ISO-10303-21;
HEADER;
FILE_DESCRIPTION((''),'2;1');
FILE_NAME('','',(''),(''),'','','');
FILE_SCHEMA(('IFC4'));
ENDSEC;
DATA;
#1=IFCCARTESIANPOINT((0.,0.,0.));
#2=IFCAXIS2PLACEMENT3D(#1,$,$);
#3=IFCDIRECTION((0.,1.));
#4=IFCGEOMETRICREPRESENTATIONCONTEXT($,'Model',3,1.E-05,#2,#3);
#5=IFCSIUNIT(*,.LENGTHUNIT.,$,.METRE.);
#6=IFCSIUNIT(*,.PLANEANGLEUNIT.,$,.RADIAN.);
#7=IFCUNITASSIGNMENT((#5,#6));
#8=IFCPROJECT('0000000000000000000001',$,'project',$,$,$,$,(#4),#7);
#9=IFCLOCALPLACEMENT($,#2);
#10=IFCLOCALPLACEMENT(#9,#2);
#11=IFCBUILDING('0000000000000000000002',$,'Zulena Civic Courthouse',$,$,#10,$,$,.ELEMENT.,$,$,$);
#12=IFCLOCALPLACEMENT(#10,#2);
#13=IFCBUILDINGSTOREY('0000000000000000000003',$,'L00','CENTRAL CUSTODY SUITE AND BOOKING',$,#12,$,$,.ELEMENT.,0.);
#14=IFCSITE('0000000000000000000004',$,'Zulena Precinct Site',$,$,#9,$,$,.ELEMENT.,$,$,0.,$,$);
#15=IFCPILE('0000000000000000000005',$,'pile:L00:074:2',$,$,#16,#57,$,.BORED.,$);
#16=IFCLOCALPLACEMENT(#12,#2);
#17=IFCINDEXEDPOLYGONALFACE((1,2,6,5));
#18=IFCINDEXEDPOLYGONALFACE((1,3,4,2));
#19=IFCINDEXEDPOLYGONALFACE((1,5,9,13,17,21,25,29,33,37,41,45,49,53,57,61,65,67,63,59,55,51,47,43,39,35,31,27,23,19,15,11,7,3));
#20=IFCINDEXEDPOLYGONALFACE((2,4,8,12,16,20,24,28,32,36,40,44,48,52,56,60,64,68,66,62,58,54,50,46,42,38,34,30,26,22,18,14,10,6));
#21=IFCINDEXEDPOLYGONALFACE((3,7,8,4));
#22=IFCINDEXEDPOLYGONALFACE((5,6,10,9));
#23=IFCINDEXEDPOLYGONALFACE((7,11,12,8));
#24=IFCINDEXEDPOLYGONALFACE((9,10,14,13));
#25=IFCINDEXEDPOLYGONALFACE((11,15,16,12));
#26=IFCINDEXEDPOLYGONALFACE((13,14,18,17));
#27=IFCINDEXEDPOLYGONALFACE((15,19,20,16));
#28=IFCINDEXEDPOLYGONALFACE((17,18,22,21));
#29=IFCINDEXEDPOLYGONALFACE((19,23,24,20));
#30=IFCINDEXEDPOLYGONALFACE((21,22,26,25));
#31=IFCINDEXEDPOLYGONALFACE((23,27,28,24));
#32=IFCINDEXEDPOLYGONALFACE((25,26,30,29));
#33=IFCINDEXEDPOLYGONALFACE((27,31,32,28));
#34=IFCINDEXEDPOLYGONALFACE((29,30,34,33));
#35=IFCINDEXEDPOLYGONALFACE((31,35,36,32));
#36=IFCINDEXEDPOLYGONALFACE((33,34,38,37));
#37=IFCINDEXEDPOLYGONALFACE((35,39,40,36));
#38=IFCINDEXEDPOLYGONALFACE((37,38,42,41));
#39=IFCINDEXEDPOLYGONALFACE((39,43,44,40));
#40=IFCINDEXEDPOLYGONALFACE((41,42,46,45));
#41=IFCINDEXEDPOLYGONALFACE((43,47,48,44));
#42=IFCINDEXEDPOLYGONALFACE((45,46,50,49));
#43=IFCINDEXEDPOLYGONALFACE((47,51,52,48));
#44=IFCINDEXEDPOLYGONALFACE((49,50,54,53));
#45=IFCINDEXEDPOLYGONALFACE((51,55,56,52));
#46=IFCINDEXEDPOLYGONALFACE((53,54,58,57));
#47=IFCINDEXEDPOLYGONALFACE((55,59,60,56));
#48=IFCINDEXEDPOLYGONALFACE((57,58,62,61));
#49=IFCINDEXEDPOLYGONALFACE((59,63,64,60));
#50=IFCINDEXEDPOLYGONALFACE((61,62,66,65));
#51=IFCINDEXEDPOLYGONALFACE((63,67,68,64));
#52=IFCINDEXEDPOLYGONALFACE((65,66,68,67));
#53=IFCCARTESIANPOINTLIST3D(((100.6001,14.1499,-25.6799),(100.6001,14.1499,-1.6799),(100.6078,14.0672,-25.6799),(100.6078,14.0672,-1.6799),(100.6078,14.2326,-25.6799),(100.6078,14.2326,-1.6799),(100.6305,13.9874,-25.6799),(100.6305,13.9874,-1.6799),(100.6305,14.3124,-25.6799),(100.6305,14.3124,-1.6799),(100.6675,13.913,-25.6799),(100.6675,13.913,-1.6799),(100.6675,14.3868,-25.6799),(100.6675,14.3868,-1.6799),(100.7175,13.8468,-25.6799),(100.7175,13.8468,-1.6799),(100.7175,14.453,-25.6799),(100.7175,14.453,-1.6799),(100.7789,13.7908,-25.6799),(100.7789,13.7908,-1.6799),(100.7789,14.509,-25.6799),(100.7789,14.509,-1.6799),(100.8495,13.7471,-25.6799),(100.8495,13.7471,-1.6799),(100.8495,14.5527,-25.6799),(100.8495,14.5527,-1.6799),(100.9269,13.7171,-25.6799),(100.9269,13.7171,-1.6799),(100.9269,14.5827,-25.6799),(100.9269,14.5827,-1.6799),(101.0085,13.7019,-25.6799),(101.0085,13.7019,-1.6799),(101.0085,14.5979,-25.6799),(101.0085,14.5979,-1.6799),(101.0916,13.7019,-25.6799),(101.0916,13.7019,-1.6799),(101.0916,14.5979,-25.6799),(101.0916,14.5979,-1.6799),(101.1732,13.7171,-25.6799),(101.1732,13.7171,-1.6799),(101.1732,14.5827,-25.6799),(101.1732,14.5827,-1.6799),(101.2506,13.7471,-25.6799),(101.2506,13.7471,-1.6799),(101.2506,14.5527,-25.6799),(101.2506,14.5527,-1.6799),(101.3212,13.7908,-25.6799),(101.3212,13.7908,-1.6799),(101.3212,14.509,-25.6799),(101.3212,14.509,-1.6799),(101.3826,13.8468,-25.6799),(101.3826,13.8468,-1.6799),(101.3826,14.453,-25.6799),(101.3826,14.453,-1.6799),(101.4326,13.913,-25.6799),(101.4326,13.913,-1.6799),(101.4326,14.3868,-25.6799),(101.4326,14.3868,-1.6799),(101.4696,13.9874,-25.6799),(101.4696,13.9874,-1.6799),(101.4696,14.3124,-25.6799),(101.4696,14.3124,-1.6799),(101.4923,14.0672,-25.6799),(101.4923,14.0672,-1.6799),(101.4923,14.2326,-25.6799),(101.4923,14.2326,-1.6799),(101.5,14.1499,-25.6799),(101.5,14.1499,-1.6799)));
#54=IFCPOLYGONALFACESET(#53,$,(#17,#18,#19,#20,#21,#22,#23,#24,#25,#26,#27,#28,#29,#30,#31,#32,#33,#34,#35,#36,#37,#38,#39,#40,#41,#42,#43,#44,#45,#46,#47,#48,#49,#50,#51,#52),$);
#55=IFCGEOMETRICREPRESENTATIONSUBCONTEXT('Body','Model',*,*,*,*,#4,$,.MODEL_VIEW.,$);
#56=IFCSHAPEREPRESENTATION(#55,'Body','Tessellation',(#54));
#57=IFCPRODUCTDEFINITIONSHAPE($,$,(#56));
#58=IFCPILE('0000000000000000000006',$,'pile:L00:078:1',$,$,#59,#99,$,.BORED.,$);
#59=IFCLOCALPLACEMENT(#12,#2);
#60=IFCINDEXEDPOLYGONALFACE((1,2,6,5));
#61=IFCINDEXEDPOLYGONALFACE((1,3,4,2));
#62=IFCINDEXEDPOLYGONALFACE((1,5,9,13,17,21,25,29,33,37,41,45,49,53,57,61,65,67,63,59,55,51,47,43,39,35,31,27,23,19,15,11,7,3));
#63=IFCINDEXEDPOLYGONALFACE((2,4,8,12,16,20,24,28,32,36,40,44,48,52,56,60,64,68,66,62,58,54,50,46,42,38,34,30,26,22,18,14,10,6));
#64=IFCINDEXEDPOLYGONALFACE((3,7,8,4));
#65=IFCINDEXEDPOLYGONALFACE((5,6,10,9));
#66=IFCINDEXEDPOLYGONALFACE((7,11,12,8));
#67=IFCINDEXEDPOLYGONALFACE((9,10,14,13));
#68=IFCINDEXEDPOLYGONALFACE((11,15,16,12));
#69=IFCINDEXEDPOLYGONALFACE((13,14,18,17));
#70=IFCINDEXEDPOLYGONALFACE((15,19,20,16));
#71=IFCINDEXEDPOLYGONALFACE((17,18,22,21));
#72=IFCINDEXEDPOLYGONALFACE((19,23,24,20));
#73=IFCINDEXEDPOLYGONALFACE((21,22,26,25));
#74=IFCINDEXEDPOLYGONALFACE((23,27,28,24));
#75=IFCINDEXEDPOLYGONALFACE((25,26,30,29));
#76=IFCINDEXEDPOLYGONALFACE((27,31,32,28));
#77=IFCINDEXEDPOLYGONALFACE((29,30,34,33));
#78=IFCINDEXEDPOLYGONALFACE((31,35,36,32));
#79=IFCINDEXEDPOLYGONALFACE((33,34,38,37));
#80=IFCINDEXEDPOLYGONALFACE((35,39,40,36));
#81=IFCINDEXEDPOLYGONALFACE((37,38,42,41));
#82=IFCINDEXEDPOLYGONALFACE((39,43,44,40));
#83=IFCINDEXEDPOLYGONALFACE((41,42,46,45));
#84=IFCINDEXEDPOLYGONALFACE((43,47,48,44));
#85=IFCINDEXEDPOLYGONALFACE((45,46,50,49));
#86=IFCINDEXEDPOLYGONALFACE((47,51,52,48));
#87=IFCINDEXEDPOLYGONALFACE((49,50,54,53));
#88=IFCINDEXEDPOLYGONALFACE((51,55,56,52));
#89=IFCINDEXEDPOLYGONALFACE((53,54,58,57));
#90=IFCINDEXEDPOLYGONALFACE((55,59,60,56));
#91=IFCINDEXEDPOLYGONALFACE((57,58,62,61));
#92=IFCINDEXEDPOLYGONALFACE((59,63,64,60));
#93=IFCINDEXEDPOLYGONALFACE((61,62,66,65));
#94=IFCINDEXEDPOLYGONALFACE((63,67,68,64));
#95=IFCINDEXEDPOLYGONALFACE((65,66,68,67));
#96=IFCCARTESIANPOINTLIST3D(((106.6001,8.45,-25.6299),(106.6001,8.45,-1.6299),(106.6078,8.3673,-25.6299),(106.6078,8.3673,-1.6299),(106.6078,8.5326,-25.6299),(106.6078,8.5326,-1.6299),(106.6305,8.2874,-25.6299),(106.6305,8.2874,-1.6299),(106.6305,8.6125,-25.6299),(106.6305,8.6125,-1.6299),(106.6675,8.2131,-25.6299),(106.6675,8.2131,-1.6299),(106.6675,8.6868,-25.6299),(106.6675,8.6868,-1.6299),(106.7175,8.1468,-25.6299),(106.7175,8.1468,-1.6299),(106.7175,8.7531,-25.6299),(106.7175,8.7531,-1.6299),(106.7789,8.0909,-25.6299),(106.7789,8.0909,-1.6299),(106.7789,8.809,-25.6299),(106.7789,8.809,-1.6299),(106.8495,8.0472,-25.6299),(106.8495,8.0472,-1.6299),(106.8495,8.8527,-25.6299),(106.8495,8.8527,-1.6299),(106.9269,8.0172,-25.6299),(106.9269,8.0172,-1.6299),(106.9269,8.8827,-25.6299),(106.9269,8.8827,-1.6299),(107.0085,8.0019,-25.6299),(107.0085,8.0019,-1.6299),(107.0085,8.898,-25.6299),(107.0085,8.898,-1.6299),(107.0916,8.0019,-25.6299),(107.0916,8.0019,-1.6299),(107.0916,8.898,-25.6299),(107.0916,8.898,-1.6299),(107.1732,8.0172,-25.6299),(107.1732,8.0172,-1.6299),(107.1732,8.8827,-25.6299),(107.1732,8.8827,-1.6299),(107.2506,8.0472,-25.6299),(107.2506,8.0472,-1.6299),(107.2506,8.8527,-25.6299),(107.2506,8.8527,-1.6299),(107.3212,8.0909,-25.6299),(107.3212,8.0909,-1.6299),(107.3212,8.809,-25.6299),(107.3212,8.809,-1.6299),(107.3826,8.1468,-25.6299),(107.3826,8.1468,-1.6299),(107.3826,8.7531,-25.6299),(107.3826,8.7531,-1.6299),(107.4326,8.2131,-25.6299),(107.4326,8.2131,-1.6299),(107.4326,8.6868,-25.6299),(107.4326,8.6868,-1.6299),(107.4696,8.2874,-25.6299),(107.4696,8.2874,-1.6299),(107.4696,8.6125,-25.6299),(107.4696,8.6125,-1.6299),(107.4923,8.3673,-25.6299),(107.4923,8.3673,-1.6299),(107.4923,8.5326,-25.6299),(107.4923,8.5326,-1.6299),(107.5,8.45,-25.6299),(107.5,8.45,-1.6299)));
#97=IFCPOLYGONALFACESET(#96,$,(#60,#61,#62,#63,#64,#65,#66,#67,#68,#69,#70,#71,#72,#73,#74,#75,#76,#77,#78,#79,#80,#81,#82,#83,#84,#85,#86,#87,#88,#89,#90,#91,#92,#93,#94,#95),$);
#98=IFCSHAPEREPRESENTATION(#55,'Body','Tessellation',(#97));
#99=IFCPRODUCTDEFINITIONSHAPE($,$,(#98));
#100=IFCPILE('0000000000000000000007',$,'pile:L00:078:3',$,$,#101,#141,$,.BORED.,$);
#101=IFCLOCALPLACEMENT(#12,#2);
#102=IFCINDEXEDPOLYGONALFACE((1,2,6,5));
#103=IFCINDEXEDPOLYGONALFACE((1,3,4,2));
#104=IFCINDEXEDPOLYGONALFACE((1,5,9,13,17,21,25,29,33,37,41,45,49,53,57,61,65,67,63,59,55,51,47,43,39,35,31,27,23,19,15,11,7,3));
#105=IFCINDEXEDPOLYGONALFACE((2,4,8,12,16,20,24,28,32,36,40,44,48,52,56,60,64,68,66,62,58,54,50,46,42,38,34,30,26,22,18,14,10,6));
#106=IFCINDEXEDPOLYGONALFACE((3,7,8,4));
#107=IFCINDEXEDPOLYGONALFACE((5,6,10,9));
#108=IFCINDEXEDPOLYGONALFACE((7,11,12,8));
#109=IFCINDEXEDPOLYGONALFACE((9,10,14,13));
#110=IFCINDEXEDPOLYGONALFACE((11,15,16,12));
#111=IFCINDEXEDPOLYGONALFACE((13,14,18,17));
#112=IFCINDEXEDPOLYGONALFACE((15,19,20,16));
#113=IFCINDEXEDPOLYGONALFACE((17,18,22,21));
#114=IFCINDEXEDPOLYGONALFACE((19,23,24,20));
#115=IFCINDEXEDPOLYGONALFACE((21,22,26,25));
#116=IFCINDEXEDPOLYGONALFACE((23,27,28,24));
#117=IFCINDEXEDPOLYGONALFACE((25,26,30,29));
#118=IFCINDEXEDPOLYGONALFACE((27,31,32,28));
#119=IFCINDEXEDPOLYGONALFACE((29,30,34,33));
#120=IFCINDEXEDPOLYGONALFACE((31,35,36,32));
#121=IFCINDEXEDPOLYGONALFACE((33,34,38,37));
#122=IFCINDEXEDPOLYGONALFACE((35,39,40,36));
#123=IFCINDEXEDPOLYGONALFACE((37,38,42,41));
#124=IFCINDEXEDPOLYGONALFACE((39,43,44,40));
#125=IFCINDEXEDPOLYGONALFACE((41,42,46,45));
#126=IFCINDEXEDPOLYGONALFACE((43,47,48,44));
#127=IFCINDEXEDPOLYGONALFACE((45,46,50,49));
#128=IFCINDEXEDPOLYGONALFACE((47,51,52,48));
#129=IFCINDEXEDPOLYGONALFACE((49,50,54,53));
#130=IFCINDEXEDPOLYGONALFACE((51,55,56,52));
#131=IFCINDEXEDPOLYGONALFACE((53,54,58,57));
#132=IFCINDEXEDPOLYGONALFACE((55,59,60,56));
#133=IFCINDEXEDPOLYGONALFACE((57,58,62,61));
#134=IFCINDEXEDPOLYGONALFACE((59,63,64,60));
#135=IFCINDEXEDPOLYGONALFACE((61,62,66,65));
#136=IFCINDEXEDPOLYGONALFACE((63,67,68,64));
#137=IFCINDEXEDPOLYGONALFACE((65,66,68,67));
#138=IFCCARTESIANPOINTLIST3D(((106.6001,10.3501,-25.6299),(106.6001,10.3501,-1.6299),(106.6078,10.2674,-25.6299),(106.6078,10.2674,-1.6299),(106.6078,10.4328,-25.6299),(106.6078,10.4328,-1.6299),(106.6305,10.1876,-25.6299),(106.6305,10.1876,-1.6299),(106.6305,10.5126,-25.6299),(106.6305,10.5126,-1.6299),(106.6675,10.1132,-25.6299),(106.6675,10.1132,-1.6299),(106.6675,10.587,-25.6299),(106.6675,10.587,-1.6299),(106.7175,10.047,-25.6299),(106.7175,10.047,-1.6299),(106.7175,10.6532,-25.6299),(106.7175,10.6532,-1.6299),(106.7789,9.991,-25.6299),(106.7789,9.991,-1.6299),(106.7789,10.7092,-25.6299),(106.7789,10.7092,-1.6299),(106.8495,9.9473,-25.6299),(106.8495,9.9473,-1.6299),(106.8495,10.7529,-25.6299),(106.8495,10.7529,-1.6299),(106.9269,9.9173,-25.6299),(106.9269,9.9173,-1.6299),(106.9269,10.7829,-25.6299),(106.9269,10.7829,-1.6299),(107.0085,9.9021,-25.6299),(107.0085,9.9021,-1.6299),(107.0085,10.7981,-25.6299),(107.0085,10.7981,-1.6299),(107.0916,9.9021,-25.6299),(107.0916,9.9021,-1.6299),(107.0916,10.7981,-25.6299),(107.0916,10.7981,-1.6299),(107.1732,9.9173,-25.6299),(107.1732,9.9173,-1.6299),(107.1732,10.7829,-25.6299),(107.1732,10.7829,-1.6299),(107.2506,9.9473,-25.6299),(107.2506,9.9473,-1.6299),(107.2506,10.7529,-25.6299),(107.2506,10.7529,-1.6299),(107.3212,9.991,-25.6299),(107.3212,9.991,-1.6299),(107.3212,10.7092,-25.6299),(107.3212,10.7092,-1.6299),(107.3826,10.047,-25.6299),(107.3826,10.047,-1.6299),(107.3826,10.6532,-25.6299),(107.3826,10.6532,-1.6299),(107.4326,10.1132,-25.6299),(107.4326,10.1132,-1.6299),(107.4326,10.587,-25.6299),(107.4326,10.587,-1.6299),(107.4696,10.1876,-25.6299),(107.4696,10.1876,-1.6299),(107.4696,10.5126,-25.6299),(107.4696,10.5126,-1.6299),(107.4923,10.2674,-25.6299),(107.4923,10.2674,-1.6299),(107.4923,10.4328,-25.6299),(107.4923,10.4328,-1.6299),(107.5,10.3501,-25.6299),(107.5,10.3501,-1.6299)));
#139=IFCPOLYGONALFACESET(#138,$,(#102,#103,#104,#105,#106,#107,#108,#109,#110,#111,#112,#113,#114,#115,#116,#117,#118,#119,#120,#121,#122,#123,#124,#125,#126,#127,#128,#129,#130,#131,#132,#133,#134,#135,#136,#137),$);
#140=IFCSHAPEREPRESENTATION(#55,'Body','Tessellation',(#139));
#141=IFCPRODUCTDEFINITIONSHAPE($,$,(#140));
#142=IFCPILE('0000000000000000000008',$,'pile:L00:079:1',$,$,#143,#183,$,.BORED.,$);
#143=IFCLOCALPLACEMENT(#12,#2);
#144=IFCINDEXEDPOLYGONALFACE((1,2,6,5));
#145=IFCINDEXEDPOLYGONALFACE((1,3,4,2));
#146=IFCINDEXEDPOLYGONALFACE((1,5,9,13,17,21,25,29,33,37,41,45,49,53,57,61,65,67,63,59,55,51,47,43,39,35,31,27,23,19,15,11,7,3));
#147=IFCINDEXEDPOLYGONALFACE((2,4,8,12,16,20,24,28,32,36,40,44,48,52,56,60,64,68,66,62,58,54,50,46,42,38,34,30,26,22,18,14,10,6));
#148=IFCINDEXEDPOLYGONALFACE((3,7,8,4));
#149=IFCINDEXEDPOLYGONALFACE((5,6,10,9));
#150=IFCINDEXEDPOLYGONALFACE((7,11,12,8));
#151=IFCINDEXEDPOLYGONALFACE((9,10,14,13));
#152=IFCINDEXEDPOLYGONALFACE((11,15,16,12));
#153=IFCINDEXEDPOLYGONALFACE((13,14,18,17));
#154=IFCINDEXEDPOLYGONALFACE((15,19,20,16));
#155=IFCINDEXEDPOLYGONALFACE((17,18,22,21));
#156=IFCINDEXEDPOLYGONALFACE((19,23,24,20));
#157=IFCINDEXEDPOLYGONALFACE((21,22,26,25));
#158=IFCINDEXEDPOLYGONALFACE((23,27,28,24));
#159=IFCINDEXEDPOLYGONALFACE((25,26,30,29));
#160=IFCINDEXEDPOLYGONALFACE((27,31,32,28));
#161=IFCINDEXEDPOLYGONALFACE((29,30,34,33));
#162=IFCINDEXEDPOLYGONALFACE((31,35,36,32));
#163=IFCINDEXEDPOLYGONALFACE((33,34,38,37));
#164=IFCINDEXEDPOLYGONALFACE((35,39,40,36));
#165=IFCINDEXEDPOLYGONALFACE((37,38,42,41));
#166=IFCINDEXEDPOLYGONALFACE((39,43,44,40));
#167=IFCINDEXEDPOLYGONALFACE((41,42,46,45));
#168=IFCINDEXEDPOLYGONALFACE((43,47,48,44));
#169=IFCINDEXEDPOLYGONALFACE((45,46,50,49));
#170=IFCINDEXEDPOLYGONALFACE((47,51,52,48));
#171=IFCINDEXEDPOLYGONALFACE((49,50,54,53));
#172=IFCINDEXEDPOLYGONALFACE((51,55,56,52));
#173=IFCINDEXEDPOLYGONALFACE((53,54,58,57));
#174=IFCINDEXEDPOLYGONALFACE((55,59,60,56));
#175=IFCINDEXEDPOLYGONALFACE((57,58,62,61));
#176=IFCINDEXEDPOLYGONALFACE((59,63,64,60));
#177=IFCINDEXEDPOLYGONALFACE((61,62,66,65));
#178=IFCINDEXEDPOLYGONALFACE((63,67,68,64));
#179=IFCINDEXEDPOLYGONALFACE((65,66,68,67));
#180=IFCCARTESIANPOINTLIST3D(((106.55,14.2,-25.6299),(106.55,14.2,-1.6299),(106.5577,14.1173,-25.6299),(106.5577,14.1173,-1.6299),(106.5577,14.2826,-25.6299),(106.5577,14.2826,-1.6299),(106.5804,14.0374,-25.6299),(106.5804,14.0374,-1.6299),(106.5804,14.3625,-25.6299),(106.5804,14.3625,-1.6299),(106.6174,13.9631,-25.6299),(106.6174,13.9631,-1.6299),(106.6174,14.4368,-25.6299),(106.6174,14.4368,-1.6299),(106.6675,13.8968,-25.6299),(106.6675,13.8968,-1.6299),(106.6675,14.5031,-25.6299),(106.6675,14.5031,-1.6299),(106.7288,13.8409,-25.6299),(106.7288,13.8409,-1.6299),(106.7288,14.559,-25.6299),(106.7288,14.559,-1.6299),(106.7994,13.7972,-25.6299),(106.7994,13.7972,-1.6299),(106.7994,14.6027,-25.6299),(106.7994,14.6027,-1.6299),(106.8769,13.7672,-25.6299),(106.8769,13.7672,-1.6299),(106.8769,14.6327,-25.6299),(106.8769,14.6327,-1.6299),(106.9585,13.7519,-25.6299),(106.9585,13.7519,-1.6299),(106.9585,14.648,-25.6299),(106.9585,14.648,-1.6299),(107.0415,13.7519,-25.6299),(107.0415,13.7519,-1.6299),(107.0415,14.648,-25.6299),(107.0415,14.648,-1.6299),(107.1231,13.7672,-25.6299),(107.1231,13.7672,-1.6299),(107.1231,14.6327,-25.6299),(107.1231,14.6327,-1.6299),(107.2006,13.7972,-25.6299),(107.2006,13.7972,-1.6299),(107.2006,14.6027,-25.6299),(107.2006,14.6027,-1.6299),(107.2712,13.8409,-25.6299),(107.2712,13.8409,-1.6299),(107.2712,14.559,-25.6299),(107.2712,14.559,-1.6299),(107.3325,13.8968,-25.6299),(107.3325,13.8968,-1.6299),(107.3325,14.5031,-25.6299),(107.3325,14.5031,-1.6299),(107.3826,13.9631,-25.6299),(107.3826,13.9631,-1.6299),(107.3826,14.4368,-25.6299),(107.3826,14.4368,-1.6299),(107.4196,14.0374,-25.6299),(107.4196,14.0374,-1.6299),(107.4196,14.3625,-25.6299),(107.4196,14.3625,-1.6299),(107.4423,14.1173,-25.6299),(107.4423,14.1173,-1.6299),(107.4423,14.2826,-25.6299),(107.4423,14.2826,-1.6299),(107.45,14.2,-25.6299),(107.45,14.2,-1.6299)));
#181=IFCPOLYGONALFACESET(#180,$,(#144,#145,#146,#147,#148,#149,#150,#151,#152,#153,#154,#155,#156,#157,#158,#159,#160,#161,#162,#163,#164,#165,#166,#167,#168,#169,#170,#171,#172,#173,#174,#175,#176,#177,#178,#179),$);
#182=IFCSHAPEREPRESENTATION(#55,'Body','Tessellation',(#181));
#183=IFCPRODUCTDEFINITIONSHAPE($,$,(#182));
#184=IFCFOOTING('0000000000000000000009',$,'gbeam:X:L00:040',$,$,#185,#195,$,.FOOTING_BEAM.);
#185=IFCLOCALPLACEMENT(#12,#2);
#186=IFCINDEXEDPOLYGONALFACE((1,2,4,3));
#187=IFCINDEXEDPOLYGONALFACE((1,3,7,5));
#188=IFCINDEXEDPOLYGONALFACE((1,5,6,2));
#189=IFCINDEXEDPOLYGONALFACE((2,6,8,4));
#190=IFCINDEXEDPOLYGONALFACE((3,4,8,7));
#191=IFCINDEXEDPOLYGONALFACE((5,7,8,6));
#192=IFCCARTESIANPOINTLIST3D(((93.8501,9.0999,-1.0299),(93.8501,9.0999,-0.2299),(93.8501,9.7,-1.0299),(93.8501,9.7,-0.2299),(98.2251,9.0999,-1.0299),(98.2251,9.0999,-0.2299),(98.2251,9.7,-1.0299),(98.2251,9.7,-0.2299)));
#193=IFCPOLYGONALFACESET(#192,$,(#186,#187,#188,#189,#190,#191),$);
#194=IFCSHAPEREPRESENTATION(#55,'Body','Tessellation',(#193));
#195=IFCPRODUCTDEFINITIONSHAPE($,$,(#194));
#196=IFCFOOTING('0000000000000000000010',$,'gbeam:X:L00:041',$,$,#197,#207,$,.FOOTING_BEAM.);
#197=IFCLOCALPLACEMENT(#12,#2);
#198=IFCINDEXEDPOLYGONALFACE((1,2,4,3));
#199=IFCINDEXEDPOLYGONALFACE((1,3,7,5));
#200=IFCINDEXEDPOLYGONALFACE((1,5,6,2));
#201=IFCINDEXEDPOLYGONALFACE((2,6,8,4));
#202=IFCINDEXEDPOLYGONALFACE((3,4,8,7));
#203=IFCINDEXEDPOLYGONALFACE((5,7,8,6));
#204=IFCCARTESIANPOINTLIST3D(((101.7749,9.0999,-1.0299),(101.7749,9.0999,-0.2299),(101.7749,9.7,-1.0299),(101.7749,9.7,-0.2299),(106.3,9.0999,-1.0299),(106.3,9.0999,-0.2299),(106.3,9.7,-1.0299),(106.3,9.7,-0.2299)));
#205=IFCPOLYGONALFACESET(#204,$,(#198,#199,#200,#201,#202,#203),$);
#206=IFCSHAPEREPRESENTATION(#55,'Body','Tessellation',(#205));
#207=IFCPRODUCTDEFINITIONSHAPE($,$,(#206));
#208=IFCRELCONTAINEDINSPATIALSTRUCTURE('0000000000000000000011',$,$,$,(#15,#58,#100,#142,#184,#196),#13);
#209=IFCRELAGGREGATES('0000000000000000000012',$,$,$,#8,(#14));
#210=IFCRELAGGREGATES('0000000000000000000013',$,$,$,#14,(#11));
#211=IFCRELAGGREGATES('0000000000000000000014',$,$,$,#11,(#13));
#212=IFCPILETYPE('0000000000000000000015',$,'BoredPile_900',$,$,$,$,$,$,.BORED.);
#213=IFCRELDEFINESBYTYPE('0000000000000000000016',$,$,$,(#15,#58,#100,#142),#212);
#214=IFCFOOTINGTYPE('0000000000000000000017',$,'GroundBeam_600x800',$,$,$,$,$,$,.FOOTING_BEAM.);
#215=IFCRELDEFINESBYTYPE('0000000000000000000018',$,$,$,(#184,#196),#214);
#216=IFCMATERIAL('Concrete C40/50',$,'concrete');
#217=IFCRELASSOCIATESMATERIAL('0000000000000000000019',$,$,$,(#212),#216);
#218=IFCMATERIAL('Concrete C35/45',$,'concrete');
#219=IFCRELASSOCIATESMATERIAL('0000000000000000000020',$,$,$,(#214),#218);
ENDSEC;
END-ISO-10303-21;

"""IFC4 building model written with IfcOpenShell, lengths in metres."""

from ifc_helpers import new_model, si_unit, direction, frame, origin, origin_2d, place, context, subcontext, project, spatial, rectangle, circle, extrude, material, material_profile, profile_set, type_object, element, save


model = new_model("IFC4")

# Units and contexts
model_context = context("Model", 3, precision=1e-05, world=origin(), true_north=direction((0.0, 1.0)))
body_context = subcontext(model_context, "Body", "Model", "MODEL_VIEW")
ifc_project = project(units=[si_unit("LENGTHUNIT", "METRE"), si_unit("PLANEANGLEUNIT", "RADIAN")], contexts=[model_context])

# Site, building, storey
site_placement = place(None, origin())
site = spatial("IfcSite", under=ifc_project, at=site_placement, Name="Zulena Precinct Site", CompositionType="ELEMENT", RefElevation=0.0)
building_placement = place(site_placement, origin())
building = spatial("IfcBuilding", under=site, at=building_placement, Name="Zulena Civic Courthouse", CompositionType="ELEMENT")
storey_placement = place(building_placement, origin())
storey = spatial("IfcBuildingStorey", under=building, at=storey_placement, Name="L00", Description="CENTRAL CUSTODY SUITE AND BOOKING", CompositionType="ELEMENT", Elevation=0.0)

# Piles
ifc_material_1 = material(Name="Concrete C40/50", Category="concrete")
ifc_material_profile_1 = material_profile(ifc_material_1, circle(Radius=0.45, at=origin_2d()), Name="PILE900")
ifc_profile_set_1 = profile_set([ifc_material_profile_1], Name="Concrete C40/50")
pile_type = type_object("IfcPileType", Name="BoredPile_900", PredefinedType="BORED", material=ifc_profile_set_1)
for number, where, z_axis, x_axis, name in (
    (1, (101.05, 14.1499, -1.6799), (0.0, 0.0, -1.0), (1.0, 0.0, 0.0), "pile:L00:074:2"),
    (2, (107.05, 8.45, -1.6299), (0.0, 0.0, -1.0), (1.0, 0.0, 0.0), "pile:L00:078:1"),
    (3, (107.05, 10.3501, -1.6299), (0.0, 0.0, -1.0), (1.0, 0.0, 0.0), "pile:L00:078:3"),
    (4, (107.0, 14.2, -1.6299), (0.0, 0.0, -1.0), (1.0, 0.0, 0.0), "pile:L00:079:1"),
):
    element("IfcPile", number, at=place(storey_placement, frame(where, z_axis=z_axis, x_axis=x_axis)), inside=storey, type_object=pile_type, Name=name, PredefinedType="BORED", context=body_context, shape_type="SweptSolid", body=[
        extrude(circle(Radius=0.45, at=origin_2d()), origin(), (0.0, 0.0, 1.0), 24.0),
    ])

# Footings
ifc_material_2 = material(Name="Concrete C35/45", Category="concrete")
ifc_material_profile_2 = material_profile(ifc_material_2, rectangle(XDim=0.6001, YDim=0.8, at=origin_2d()), Name="RC600X800")
ifc_profile_set_2 = profile_set([ifc_material_profile_2], Name="Concrete C35/45")
footing_type_1 = type_object("IfcFootingType", Name="GroundBeam_600x800", PredefinedType="FOOTING_BEAM", material=ifc_profile_set_2)
footing_1_placement = place(storey_placement, frame((93.8501, 9.3999, -0.6299), z_axis=(1.0, 0.0, 0.0), x_axis=(0.0, 1.0, 0.0)))
element("IfcFooting", 5, at=footing_1_placement, inside=storey, type_object=footing_type_1, Name="gbeam:X:L00:040", PredefinedType="FOOTING_BEAM", context=body_context, shape_type="SweptSolid", body=[
    extrude(rectangle(XDim=0.6001, YDim=0.8, at=origin_2d()), origin(), (0.0, 0.0, 1.0), 4.375),
])
footing_2_placement = place(storey_placement, frame((101.7749, 9.3999, -0.6299), z_axis=(1.0, 0.0, 0.0), x_axis=(0.0, 1.0, 0.0)))
element("IfcFooting", 6, at=footing_2_placement, inside=storey, type_object=footing_type_1, Name="gbeam:X:L00:041", PredefinedType="FOOTING_BEAM", context=body_context, shape_type="SweptSolid", body=[
    extrude(rectangle(XDim=0.6001, YDim=0.8, at=origin_2d()), origin(), (0.0, 0.0, 1.0), 4.5251),
])

save(model, "model.ifc")
